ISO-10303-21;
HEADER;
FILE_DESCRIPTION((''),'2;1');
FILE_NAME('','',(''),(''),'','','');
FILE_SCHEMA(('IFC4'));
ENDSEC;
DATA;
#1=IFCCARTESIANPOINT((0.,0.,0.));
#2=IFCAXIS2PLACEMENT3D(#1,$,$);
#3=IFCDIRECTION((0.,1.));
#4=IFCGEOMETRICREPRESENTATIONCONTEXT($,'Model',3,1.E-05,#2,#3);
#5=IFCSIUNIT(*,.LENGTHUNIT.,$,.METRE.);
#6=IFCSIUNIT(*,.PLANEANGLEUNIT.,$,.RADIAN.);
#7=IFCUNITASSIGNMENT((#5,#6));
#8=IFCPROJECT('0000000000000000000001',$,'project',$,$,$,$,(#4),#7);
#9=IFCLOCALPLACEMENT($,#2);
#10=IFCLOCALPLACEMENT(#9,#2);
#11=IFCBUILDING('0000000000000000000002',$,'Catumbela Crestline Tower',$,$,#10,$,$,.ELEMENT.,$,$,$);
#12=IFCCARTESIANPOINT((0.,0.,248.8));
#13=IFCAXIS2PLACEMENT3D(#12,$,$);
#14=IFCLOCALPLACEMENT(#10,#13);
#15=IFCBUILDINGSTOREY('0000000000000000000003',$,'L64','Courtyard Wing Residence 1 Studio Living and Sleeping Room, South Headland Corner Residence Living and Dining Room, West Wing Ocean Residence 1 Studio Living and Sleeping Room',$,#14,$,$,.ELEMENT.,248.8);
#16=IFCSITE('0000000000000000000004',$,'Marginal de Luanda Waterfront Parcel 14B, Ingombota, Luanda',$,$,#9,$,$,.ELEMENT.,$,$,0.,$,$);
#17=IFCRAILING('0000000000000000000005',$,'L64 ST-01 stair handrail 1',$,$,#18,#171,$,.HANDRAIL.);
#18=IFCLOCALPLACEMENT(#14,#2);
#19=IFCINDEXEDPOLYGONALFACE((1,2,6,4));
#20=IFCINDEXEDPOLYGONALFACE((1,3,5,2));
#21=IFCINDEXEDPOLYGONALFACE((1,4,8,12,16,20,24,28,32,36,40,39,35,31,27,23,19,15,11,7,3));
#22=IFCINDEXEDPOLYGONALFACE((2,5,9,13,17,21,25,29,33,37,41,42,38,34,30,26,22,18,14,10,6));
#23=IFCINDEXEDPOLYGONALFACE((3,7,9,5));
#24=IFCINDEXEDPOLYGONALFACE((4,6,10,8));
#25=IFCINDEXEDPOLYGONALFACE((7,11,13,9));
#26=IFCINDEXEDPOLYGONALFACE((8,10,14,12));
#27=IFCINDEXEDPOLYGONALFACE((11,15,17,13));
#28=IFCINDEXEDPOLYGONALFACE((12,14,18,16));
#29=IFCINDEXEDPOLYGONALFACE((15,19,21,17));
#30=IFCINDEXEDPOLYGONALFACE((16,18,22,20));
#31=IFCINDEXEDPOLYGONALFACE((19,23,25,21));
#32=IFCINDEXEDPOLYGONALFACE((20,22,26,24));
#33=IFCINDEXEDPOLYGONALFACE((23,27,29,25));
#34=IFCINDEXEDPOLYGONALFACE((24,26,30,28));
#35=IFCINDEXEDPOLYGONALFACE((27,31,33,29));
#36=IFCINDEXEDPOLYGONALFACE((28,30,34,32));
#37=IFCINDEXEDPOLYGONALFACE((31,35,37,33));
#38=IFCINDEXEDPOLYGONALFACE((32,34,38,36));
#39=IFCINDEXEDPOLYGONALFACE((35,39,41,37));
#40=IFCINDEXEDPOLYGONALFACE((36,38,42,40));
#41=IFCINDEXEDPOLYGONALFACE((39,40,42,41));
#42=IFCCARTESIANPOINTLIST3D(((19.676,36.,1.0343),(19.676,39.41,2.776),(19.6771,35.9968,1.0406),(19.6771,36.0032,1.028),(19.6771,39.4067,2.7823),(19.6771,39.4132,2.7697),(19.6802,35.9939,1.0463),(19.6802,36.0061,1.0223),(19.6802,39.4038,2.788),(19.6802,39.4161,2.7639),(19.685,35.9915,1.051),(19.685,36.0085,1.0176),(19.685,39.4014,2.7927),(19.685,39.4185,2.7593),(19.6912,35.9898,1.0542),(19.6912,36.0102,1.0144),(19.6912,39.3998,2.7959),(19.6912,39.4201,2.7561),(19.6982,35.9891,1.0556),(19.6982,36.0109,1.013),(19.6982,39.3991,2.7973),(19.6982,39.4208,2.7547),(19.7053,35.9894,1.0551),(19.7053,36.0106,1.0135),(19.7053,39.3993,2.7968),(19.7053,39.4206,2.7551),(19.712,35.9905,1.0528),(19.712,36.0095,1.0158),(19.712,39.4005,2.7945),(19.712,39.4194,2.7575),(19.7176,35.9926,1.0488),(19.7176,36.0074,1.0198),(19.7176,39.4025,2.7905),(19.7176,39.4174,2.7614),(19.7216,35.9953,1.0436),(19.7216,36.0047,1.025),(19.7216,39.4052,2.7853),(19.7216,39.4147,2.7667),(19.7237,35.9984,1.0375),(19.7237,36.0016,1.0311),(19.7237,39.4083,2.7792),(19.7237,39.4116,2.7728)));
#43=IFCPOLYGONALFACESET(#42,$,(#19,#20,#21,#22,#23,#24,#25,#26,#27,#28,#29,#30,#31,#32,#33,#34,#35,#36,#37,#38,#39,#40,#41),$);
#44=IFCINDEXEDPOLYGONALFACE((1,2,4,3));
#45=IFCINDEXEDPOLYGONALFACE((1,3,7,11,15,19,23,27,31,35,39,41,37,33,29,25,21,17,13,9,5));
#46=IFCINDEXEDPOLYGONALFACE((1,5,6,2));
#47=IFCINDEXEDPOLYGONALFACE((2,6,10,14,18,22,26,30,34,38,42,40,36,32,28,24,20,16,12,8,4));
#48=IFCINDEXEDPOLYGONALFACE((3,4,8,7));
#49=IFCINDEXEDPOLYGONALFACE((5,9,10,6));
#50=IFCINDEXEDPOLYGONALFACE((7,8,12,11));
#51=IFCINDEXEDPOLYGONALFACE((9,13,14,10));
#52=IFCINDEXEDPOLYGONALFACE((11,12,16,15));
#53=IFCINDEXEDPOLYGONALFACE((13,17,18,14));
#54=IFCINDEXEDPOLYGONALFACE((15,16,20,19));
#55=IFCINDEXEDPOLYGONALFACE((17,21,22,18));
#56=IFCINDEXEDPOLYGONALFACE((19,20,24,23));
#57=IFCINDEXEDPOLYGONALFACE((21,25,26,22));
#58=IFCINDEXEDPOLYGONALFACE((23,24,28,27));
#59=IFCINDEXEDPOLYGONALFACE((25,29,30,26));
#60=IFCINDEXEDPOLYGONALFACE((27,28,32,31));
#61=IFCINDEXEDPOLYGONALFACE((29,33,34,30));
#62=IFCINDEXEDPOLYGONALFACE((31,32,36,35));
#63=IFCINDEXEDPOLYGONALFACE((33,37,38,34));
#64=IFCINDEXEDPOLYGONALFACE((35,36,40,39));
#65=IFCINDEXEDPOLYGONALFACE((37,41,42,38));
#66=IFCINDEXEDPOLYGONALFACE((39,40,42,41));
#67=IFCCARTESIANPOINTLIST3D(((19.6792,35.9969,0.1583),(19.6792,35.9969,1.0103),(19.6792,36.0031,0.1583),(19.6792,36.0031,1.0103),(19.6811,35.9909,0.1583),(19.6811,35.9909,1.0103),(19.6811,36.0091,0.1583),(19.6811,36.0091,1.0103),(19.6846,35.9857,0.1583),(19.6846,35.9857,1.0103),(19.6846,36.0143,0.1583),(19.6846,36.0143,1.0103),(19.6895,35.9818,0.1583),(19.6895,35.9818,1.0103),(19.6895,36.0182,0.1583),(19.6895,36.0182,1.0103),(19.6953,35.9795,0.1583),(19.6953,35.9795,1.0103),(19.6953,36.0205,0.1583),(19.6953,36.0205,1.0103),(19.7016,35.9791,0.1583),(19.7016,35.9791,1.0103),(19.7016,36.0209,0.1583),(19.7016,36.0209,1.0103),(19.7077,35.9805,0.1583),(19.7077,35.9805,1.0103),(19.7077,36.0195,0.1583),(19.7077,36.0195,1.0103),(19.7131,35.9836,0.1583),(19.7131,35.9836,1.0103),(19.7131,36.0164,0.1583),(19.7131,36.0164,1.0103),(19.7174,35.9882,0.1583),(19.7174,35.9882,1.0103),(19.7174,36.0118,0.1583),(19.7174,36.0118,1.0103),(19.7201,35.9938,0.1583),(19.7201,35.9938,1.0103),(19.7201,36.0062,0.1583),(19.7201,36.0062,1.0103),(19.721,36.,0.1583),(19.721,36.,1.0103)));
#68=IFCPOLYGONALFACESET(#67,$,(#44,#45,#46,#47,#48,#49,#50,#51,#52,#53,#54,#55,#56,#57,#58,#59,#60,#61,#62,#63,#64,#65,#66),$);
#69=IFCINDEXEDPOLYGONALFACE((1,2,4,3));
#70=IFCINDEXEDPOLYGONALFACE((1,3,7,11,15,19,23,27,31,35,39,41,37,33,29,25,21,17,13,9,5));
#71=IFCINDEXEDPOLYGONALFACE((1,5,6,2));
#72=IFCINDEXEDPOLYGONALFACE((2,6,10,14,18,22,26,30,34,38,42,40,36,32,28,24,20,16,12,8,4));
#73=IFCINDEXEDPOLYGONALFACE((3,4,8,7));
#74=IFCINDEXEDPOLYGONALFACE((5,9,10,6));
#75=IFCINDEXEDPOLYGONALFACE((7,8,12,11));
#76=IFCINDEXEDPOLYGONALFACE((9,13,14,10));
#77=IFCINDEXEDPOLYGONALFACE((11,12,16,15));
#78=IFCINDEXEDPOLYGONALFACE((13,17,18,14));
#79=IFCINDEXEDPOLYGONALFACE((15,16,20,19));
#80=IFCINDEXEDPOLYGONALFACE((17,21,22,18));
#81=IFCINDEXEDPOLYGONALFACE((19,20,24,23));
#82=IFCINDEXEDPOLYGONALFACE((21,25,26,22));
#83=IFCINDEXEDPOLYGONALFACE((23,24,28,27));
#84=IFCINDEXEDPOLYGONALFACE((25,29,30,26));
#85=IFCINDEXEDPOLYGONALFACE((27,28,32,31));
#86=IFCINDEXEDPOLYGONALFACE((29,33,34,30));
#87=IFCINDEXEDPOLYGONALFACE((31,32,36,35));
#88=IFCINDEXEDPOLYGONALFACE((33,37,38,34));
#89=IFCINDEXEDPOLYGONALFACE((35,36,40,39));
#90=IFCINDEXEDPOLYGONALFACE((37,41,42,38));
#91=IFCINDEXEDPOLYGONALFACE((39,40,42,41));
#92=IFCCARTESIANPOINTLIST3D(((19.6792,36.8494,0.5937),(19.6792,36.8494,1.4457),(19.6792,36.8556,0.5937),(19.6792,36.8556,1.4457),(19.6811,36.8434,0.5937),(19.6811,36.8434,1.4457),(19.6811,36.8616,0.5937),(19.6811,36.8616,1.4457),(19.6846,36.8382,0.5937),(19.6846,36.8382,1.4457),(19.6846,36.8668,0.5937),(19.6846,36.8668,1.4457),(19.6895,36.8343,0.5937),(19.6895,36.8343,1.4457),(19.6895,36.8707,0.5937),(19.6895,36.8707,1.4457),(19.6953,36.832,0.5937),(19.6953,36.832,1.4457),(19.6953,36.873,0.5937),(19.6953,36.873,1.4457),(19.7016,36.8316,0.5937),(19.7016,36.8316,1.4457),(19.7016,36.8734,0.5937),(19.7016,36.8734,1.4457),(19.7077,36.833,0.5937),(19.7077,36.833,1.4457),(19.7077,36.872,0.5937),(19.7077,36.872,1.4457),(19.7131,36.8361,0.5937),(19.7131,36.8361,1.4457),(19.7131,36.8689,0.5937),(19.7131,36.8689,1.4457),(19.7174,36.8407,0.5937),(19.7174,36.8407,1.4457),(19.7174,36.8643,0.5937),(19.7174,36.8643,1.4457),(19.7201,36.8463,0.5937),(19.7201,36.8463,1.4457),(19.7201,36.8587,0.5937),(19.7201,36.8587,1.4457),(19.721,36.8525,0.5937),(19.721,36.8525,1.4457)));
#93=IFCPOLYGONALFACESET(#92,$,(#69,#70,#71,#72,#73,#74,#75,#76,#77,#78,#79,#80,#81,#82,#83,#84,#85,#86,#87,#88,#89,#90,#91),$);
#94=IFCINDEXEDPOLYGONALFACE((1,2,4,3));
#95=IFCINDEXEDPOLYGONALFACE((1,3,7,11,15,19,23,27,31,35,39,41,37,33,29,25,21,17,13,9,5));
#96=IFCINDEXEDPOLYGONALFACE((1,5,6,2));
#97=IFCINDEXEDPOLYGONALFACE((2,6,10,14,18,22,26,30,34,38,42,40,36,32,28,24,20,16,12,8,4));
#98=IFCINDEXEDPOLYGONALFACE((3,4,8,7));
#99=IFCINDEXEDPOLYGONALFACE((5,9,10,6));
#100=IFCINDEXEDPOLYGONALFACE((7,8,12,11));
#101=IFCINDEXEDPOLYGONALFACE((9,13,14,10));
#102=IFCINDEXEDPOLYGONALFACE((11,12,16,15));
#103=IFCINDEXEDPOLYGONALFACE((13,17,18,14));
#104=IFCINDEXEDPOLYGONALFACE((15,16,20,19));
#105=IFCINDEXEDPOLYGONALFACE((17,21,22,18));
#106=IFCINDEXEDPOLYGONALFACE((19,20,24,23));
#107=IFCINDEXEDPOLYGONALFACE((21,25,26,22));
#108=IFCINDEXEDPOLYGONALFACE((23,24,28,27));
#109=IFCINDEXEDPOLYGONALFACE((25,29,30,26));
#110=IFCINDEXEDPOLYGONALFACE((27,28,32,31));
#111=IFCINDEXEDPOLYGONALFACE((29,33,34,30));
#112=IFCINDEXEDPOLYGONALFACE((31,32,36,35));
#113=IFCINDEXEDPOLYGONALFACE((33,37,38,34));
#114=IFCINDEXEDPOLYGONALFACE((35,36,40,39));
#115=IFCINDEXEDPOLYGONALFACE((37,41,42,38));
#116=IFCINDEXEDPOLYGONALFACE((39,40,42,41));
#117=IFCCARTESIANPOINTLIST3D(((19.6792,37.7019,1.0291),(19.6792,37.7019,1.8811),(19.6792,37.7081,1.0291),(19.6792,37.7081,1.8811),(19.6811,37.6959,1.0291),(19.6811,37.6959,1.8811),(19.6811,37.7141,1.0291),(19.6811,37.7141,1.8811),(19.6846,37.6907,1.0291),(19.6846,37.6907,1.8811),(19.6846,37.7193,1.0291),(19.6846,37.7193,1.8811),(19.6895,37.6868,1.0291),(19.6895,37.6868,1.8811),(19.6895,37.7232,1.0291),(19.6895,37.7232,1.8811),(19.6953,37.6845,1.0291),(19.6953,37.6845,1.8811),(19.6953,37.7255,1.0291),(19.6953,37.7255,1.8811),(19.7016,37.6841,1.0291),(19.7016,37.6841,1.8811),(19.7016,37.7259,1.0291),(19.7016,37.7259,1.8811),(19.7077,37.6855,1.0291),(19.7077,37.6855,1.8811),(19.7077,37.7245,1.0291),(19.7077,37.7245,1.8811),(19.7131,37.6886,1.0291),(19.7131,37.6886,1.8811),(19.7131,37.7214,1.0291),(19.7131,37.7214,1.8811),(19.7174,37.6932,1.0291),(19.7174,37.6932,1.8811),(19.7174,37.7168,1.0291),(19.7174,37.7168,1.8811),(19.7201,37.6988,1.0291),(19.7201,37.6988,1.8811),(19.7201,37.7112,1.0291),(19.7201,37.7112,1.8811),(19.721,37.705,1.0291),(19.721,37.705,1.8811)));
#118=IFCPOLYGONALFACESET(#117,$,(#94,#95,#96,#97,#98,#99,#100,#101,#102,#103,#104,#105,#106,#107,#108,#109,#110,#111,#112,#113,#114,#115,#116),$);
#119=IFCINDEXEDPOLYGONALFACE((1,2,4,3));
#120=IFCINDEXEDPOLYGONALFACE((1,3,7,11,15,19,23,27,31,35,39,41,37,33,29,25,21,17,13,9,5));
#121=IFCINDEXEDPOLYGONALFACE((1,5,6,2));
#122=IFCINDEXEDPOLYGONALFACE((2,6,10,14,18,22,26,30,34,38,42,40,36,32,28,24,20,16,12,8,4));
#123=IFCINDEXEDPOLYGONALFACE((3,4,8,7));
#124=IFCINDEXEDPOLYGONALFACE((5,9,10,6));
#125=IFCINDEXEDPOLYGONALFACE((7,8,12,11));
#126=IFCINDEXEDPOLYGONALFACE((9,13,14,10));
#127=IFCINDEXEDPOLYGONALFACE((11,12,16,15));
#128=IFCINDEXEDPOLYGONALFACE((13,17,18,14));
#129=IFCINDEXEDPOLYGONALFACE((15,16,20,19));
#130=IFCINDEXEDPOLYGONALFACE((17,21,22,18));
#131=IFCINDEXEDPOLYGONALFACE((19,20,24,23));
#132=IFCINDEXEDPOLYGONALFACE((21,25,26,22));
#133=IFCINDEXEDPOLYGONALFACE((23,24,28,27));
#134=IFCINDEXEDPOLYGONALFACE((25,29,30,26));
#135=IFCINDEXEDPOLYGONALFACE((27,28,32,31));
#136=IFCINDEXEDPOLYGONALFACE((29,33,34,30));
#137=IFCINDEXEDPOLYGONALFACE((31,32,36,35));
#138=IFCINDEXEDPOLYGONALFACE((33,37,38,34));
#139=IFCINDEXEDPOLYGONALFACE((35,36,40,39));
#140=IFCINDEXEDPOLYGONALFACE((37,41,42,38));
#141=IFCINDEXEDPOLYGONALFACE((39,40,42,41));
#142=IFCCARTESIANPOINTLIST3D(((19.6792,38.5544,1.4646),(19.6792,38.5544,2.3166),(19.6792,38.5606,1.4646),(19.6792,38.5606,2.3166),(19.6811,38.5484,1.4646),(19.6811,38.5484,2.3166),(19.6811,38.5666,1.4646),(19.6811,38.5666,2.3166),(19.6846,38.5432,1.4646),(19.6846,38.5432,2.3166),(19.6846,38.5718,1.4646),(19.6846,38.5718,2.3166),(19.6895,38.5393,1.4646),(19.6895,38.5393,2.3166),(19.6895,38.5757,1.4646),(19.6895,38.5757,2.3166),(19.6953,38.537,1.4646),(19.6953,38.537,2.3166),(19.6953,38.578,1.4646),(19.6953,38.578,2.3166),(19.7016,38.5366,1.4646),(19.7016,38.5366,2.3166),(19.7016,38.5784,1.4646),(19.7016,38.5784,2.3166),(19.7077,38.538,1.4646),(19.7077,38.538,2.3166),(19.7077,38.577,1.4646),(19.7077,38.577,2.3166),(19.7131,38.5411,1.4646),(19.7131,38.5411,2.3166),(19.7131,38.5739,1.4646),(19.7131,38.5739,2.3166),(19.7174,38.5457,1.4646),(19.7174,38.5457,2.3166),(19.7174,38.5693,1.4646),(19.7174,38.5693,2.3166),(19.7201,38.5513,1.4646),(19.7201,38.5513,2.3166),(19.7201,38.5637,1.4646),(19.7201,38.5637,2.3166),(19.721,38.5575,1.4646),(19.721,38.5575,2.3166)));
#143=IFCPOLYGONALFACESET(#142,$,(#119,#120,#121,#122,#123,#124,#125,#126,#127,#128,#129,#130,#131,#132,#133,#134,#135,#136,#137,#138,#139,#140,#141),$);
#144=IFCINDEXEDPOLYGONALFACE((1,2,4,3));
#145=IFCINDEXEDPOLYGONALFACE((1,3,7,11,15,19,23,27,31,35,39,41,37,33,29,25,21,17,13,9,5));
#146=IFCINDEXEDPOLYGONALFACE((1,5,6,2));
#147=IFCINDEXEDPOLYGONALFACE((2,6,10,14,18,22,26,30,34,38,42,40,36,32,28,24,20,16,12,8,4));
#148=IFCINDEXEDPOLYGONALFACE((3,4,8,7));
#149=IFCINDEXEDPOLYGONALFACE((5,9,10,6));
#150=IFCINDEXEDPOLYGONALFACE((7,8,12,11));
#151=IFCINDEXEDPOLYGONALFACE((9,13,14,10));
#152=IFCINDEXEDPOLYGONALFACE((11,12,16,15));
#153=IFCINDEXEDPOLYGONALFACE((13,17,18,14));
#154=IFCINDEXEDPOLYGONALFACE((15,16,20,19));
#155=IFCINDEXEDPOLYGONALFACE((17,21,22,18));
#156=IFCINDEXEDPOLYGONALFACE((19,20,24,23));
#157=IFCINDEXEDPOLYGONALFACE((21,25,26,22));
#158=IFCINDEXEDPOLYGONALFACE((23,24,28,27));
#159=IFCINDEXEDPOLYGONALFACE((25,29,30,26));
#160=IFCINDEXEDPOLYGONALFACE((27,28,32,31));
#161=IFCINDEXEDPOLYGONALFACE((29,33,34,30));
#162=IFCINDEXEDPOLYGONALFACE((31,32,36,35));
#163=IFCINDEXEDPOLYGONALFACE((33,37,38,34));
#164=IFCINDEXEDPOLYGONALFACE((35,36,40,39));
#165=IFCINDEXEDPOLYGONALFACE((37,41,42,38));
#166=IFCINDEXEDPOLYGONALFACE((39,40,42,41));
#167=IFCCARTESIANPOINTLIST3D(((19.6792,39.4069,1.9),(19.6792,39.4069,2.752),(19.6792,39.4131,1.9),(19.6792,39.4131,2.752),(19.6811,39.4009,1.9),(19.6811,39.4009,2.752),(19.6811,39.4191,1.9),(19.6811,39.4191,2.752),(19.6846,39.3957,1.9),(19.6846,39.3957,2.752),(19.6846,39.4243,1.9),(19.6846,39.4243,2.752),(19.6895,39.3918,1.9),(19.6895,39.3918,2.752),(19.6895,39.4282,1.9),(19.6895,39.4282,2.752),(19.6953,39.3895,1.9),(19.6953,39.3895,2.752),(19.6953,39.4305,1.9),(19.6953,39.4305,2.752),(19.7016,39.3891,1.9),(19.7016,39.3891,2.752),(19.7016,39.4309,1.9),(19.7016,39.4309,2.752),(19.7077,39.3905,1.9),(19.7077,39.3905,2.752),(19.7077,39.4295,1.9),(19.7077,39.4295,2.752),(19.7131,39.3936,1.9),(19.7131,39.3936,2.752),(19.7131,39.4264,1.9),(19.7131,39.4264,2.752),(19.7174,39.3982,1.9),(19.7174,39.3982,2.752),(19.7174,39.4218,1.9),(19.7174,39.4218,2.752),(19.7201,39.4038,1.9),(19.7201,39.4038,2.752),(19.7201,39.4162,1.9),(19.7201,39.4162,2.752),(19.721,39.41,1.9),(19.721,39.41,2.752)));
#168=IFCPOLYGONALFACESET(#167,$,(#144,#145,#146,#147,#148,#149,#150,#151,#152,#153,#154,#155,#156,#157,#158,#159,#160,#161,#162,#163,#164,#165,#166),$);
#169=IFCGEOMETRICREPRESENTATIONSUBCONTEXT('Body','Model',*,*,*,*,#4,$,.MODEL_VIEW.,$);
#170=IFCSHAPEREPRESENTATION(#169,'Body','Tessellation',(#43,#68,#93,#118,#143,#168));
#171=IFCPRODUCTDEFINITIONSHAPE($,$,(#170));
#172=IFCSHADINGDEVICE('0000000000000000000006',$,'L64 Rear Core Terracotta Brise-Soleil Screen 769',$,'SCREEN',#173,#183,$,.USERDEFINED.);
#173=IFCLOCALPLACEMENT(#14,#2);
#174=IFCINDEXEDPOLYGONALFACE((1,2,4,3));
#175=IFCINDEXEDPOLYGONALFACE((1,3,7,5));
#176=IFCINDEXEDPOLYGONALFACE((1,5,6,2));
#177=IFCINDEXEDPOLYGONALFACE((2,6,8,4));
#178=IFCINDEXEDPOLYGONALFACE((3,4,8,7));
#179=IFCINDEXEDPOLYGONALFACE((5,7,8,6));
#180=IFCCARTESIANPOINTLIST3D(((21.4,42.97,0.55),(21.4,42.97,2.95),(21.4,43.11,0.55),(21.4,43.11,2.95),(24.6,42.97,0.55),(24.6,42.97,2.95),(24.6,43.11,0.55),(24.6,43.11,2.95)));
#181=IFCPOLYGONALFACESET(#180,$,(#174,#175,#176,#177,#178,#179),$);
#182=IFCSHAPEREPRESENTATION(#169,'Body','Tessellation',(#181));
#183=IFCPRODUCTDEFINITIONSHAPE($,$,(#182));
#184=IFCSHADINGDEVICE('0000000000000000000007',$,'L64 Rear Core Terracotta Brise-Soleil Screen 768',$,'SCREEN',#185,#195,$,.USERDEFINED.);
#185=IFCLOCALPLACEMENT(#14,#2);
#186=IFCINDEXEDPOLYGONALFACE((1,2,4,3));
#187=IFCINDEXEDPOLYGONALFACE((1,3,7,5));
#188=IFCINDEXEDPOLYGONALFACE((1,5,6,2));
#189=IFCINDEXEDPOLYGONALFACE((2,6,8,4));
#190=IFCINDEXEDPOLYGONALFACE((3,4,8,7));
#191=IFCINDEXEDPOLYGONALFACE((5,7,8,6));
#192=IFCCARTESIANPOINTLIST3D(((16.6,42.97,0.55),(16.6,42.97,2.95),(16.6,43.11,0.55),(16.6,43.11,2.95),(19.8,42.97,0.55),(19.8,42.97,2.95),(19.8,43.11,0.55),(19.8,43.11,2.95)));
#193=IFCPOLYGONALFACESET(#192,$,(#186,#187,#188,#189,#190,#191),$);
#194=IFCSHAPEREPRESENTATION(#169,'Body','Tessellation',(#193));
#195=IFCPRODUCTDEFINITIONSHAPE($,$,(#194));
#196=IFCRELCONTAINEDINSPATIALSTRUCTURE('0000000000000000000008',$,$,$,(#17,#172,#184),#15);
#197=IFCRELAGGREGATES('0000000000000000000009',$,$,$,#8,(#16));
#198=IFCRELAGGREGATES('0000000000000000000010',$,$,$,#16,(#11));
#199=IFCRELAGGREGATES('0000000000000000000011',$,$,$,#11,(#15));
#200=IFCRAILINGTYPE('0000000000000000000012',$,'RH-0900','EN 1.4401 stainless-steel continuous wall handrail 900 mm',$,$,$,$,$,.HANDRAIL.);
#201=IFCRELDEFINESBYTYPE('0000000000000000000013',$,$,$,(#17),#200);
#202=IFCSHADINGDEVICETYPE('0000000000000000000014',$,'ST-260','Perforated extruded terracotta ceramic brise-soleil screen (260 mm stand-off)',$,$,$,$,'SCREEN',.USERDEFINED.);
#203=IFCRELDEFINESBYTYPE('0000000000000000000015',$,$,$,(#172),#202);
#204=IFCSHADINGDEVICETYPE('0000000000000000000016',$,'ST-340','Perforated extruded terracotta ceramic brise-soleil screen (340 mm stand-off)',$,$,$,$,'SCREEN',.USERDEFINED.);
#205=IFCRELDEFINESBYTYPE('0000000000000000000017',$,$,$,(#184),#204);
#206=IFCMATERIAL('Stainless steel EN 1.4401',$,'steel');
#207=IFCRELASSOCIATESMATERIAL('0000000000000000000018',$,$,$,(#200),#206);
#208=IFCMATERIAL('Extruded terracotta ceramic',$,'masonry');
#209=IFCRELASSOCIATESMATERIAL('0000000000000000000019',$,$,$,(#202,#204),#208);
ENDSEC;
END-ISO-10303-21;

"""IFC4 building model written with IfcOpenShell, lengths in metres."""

from ifc_helpers import new_model, si_unit, direction, frame, origin, origin_2d, place, context, subcontext, project, spatial, rectangle, circle, extrude, material, type_object, element, save


model = new_model("IFC4")

# Units and contexts
model_context = context("Model", 3, precision=1e-05, world=origin(), true_north=direction((0.0, 1.0)))
body_context = subcontext(model_context, "Body", "Model", "MODEL_VIEW")
ifc_project = project(units=[si_unit("LENGTHUNIT", "METRE"), si_unit("PLANEANGLEUNIT", "RADIAN")], contexts=[model_context])

# Site, building, storey
site_placement = place(None, origin())
site = spatial("IfcSite", under=ifc_project, at=site_placement, Name="Marginal de Luanda Waterfront Parcel 14B, Ingombota, Luanda", CompositionType="ELEMENT", RefElevation=0.0)
building_placement = place(site_placement, origin())
building = spatial("IfcBuilding", under=site, at=building_placement, Name="Catumbela Crestline Tower", CompositionType="ELEMENT")
storey_placement = place(building_placement, frame((0.0, 0.0, 248.8)))
storey = spatial("IfcBuildingStorey", under=building, at=storey_placement, Name="L64", Description="Courtyard Wing Residence 1 Studio Living and Sleeping Room, South Headland Corner Residence Living and Dining Room, West Wing Ocean Residence 1 Studio Living and Sleeping Room", CompositionType="ELEMENT", Elevation=248.8)

# Shared definitions
ifc_material_1 = material(Name="Stainless steel EN 1.4401", Category="steel")

# Railing
railing_type_1 = type_object("IfcRailingType", Name="RH-0900", Description="EN 1.4401 stainless-steel continuous wall handrail 900 mm", PredefinedType="HANDRAIL", material=ifc_material_1)
railing_1_placement = place(storey_placement, frame((19.7, 36.0, 0.1583)))
element("IfcRailing", 1, at=railing_1_placement, inside=storey, type_object=railing_type_1, Name="L64 ST-01 stair handrail 1", PredefinedType="HANDRAIL", context=body_context, shape_type="SweptSolid", body=[
    extrude(circle(Radius=0.024, at=origin_2d()), frame((0.0, 0.0, 0.876), z_axis=(0.0, 0.89056, 0.454865), x_axis=(-1.0, 0.0, 0.0)), (0.0, 0.0, 1.0), 3.829),
    extrude(circle(Radius=0.021, at=origin_2d()), origin(), (0.0, 0.0, 1.0), 0.852),
    extrude(circle(Radius=0.021, at=origin_2d()), frame((0.0, 0.8525, 0.4354)), (0.0, 0.0, 1.0), 0.852),
    extrude(circle(Radius=0.021, at=origin_2d()), frame((0.0, 1.705, 0.8708)), (0.0, 0.0, 1.0), 0.852),
    extrude(circle(Radius=0.021, at=origin_2d()), frame((0.0, 2.5575, 1.3063)), (0.0, 0.0, 1.0), 0.852),
    extrude(circle(Radius=0.021, at=origin_2d()), frame((0.0, 3.41, 1.7417)), (0.0, 0.0, 1.0), 0.852),
])

# Shading devices
ifc_material_2 = material(Name="Extruded terracotta ceramic", Category="masonry")
shading_device_type_1 = type_object("IfcShadingDeviceType", Name="ST-260", Description="Perforated extruded terracotta ceramic brise-soleil screen (260 mm stand-off)", ElementType="SCREEN", PredefinedType="USERDEFINED", material=ifc_material_2)
shading_device_1_placement = place(storey_placement, frame((23.0, 43.04, 0.55), z_axis=(0.0, 0.0, 1.0), x_axis=(1.0, 0.0, 0.0)))
element("IfcShadingDevice", 2, at=shading_device_1_placement, inside=storey, type_object=shading_device_type_1, Name="L64 Rear Core Terracotta Brise-Soleil Screen 769", ObjectType="SCREEN", PredefinedType="USERDEFINED", context=body_context, shape_type="SweptSolid", body=[
    extrude(rectangle(XDim=3.2, YDim=0.14, at=origin_2d()), origin(), (0.0, 0.0, 1.0), 2.4),
])
shading_device_type_2 = type_object("IfcShadingDeviceType", Name="ST-340", Description="Perforated extruded terracotta ceramic brise-soleil screen (340 mm stand-off)", ElementType="SCREEN", PredefinedType="USERDEFINED", material=ifc_material_2)
shading_device_2_placement = place(storey_placement, frame((18.2, 43.04, 0.55), z_axis=(0.0, 0.0, 1.0), x_axis=(1.0, 0.0, 0.0)))
element("IfcShadingDevice", 3, at=shading_device_2_placement, inside=storey, type_object=shading_device_type_2, Name="L64 Rear Core Terracotta Brise-Soleil Screen 768", ObjectType="SCREEN", PredefinedType="USERDEFINED", context=body_context, shape_type="SweptSolid", body=[
    extrude(rectangle(XDim=3.2, YDim=0.14, at=origin_2d()), origin(), (0.0, 0.0, 1.0), 2.4),
])

save(model, "model.ifc")
